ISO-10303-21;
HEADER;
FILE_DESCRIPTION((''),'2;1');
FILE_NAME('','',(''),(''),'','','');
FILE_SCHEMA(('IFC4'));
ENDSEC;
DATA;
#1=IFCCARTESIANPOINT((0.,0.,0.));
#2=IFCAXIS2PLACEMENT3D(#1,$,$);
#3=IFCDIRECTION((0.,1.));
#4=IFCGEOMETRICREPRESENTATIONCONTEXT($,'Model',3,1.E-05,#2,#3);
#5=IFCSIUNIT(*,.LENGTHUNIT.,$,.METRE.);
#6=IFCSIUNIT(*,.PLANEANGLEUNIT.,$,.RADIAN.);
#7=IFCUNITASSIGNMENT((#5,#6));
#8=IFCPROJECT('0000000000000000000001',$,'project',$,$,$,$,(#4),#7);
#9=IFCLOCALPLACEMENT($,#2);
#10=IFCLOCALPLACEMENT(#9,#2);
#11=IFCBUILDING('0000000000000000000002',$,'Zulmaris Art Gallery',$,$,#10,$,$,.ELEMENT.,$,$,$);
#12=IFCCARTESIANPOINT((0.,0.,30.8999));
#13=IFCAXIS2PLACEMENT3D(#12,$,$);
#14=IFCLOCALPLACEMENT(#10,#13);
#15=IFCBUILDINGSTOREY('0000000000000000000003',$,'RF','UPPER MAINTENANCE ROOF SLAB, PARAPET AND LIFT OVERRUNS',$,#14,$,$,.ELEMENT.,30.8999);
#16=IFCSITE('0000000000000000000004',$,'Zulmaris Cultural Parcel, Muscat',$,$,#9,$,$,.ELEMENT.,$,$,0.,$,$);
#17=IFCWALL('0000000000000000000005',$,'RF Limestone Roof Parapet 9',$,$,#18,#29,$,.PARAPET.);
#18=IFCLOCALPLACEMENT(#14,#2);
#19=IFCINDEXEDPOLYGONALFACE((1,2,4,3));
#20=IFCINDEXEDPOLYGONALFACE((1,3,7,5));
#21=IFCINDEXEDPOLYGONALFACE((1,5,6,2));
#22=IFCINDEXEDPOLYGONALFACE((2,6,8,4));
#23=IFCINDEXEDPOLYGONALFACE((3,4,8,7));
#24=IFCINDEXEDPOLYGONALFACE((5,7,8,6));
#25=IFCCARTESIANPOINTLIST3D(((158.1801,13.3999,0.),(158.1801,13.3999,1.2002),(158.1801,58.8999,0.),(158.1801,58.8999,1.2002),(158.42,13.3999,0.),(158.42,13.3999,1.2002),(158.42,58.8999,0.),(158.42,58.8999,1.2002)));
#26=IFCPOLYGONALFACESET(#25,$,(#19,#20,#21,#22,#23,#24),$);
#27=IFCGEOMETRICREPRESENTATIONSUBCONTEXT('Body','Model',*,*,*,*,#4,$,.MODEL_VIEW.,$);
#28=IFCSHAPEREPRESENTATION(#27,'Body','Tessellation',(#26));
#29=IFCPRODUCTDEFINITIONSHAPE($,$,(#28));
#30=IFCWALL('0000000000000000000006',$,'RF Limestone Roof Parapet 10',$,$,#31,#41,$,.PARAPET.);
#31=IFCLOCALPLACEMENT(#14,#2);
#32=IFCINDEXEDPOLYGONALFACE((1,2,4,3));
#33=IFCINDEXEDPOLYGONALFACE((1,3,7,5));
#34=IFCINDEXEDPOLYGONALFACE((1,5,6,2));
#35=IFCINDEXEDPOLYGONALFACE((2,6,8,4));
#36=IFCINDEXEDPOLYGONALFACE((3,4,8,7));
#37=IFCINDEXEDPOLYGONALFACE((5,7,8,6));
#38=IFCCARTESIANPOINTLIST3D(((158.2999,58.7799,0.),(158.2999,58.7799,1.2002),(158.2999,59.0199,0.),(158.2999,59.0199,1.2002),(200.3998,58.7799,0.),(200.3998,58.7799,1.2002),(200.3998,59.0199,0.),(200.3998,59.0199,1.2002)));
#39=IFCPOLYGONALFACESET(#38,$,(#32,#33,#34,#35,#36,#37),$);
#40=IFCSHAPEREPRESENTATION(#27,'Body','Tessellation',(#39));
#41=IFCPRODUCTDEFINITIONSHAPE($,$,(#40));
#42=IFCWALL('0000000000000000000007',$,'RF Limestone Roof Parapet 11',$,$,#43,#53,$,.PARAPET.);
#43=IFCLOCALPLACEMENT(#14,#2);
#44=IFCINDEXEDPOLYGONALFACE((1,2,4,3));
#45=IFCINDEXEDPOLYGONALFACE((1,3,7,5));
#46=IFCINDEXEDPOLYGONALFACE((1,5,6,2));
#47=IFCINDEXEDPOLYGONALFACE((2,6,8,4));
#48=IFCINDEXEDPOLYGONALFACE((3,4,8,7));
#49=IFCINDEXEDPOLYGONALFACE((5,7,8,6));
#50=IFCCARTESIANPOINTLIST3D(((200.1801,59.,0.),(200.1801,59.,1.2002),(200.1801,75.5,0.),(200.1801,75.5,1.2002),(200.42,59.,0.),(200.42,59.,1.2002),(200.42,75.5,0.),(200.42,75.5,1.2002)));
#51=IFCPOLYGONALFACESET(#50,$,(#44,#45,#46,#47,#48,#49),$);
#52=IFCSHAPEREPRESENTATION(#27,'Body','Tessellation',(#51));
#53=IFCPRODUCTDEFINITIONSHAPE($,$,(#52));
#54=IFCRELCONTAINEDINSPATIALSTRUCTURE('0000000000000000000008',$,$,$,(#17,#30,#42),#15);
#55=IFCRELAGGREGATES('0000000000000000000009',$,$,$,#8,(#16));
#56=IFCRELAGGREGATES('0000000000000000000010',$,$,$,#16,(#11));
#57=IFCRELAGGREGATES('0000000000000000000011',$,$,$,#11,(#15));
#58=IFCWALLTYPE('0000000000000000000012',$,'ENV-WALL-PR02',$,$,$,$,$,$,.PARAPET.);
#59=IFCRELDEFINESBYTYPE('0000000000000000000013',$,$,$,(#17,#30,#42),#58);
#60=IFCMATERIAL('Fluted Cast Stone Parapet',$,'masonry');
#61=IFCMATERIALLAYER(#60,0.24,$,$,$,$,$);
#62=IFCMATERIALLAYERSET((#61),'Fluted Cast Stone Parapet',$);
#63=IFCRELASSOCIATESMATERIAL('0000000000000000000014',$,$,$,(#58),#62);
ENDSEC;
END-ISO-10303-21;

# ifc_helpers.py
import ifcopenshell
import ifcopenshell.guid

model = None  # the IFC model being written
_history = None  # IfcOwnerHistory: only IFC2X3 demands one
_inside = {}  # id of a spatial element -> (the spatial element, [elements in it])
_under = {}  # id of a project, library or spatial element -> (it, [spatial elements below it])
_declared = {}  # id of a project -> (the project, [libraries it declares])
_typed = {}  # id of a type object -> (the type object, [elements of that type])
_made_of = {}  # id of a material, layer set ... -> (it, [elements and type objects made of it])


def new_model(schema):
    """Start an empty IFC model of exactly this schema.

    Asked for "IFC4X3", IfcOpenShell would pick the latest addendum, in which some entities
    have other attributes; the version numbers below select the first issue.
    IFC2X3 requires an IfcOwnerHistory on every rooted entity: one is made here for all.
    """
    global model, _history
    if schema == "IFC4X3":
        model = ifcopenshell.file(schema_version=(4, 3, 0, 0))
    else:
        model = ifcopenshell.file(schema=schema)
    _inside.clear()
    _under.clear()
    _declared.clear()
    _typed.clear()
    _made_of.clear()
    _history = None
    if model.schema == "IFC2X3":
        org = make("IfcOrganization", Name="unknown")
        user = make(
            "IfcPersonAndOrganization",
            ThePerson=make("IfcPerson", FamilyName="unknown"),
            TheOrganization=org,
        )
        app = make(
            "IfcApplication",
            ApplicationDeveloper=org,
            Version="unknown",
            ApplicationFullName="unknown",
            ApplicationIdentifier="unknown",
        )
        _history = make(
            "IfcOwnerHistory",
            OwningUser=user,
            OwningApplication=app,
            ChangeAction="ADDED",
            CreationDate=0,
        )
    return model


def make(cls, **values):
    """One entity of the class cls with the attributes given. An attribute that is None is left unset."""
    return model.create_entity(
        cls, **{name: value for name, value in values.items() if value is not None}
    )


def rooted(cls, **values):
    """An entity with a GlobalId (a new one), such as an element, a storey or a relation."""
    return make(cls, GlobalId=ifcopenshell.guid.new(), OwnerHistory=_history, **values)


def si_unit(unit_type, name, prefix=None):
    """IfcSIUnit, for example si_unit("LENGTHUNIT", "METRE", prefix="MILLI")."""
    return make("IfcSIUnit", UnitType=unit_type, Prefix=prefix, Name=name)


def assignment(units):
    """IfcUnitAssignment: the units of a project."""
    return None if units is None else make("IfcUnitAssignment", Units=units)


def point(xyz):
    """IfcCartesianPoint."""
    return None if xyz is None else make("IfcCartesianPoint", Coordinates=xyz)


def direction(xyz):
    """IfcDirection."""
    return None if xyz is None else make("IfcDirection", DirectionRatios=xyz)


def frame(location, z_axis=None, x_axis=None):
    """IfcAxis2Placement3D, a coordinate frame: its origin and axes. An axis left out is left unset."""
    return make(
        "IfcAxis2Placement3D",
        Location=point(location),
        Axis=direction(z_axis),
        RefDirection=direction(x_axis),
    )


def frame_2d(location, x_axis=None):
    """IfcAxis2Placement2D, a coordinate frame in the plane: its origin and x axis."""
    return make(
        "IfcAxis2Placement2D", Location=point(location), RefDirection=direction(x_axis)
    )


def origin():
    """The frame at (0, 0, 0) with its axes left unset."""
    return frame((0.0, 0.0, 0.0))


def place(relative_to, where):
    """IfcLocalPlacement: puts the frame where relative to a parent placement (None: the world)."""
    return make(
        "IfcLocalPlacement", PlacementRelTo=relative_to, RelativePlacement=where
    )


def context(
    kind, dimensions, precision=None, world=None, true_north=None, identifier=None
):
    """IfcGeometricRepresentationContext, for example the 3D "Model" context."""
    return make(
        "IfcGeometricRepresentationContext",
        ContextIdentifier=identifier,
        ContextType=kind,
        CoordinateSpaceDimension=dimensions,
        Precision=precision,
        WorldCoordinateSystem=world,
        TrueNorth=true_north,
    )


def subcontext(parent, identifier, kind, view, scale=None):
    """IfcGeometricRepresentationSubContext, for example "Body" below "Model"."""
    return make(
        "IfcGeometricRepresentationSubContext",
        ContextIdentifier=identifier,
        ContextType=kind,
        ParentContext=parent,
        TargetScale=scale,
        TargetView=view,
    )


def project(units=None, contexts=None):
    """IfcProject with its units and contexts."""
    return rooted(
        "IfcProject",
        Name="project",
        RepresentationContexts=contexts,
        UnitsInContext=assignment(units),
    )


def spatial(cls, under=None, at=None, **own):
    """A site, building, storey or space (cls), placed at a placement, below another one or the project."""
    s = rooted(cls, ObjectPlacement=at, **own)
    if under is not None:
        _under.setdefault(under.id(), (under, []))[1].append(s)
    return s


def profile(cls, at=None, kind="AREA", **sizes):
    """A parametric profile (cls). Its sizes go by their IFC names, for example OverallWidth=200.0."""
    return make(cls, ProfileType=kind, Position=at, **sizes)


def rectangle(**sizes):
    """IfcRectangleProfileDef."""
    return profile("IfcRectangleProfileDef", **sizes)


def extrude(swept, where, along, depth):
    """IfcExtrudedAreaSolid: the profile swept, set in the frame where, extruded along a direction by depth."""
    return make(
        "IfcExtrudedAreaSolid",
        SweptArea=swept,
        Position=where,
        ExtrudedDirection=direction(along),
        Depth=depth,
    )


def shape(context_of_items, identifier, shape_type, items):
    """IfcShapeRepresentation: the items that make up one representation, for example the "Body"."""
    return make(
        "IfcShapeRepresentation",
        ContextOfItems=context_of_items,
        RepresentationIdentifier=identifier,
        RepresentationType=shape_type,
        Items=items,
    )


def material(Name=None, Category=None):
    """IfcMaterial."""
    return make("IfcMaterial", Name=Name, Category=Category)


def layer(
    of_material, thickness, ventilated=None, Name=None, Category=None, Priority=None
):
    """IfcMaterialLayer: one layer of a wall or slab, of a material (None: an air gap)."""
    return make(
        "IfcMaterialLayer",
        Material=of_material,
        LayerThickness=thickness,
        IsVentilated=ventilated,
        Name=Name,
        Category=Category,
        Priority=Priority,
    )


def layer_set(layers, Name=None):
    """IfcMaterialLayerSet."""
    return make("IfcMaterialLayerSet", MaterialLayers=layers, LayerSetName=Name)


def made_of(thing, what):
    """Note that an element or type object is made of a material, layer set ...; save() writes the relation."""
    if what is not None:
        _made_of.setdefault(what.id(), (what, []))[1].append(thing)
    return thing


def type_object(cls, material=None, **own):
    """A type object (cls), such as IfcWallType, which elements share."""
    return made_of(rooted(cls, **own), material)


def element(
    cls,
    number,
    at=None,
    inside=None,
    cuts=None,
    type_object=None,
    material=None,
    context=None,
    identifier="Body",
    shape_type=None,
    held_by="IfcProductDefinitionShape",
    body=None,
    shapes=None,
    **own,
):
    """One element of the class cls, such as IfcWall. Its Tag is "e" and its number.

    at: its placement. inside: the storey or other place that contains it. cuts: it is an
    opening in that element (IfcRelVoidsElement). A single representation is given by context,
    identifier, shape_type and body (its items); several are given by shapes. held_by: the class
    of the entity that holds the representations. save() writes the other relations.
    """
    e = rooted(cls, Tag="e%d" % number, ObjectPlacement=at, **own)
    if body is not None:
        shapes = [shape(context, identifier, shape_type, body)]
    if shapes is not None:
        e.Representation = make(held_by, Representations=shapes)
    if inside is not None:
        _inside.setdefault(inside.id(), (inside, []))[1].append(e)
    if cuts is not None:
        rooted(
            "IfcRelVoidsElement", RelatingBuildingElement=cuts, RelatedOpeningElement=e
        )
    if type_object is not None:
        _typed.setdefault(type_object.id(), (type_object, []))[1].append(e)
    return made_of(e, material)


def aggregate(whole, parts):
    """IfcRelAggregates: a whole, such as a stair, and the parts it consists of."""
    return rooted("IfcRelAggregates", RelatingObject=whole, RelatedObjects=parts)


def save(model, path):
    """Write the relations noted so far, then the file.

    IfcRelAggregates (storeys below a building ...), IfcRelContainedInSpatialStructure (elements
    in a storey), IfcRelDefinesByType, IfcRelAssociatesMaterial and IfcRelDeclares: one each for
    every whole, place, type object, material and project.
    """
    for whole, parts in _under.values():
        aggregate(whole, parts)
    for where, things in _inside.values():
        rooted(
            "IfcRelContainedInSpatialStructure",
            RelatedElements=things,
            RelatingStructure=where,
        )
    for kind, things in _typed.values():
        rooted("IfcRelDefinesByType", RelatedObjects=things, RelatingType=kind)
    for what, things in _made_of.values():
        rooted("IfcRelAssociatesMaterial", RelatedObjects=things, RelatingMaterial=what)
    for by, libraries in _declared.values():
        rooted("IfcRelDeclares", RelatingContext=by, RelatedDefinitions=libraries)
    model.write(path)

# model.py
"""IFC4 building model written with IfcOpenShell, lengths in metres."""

from ifc_helpers import new_model, si_unit, direction, frame, frame_2d, origin, place, context, subcontext, project, spatial, rectangle, extrude, material, layer, layer_set, type_object, element, save


model = new_model("IFC4")

# Units and contexts
model_context = context("Model", 3, precision=1e-05, world=origin(), true_north=direction((0.0, 1.0)))
body_context = subcontext(model_context, "Body", "Model", "MODEL_VIEW")
ifc_project = project(units=[si_unit("LENGTHUNIT", "METRE"), si_unit("PLANEANGLEUNIT", "RADIAN")], contexts=[model_context])

# Site, building, storey
site_placement = place(None, origin())
site = spatial("IfcSite", under=ifc_project, at=site_placement, Name="Zulmaris Cultural Parcel, Muscat", CompositionType="ELEMENT", RefElevation=0.0)
building_placement = place(site_placement, origin())
building = spatial("IfcBuilding", under=site, at=building_placement, Name="Zulmaris Art Gallery", CompositionType="ELEMENT")
storey_placement = place(building_placement, frame((0.0, 0.0, 30.8999)))
storey = spatial("IfcBuildingStorey", under=building, at=storey_placement, Name="RF", Description="UPPER MAINTENANCE ROOF SLAB, PARAPET AND LIFT OVERRUNS", CompositionType="ELEMENT", Elevation=30.8999)

# Walls
ifc_material_1 = material(Name="Fluted Cast Stone Parapet", Category="masonry")
ifc_layer = layer(ifc_material_1, 0.24)
ifc_layer_set = layer_set([ifc_layer], Name="Fluted Cast Stone Parapet")
wall_type = type_object("IfcWallType", Name="ENV-WALL-PR02", PredefinedType="PARAPET", material=ifc_layer_set)
wall_1_placement = place(storey_placement, frame((158.3, 13.3999, 0.0), z_axis=(0.0, 0.0, 1.0), x_axis=(0.0, 1.0, 0.0)))
element("IfcWall", 1, at=wall_1_placement, inside=storey, type_object=wall_type, Name="RF Limestone Roof Parapet 9", PredefinedType="PARAPET", context=body_context, shape_type="SweptSolid", body=[
    extrude(rectangle(XDim=45.5, YDim=0.24, at=frame_2d((22.75, 0.0))), origin(), (0.0, 0.0, 1.0), 1.2002),
])
wall_2_placement = place(storey_placement, frame((158.3, 58.8999, 0.0), z_axis=(0.0, 0.0, 1.0), x_axis=(1.0, 0.0, 0.0)))
element("IfcWall", 2, at=wall_2_placement, inside=storey, type_object=wall_type, Name="RF Limestone Roof Parapet 10", PredefinedType="PARAPET", context=body_context, shape_type="SweptSolid", body=[
    extrude(rectangle(XDim=42.0999, YDim=0.24, at=frame_2d((21.0498, 0.0))), origin(), (0.0, 0.0, 1.0), 1.2002),
])
wall_3_placement = place(storey_placement, frame((200.3, 59.0, 0.0), z_axis=(0.0, 0.0, 1.0), x_axis=(0.0, 1.0, 0.0)))
element("IfcWall", 3, at=wall_3_placement, inside=storey, type_object=wall_type, Name="RF Limestone Roof Parapet 11", PredefinedType="PARAPET", context=body_context, shape_type="SweptSolid", body=[
    extrude(rectangle(XDim=16.5, YDim=0.24, at=frame_2d((8.25, 0.0))), origin(), (0.0, 0.0, 1.0), 1.2002),
])

save(model, "model.ifc")
